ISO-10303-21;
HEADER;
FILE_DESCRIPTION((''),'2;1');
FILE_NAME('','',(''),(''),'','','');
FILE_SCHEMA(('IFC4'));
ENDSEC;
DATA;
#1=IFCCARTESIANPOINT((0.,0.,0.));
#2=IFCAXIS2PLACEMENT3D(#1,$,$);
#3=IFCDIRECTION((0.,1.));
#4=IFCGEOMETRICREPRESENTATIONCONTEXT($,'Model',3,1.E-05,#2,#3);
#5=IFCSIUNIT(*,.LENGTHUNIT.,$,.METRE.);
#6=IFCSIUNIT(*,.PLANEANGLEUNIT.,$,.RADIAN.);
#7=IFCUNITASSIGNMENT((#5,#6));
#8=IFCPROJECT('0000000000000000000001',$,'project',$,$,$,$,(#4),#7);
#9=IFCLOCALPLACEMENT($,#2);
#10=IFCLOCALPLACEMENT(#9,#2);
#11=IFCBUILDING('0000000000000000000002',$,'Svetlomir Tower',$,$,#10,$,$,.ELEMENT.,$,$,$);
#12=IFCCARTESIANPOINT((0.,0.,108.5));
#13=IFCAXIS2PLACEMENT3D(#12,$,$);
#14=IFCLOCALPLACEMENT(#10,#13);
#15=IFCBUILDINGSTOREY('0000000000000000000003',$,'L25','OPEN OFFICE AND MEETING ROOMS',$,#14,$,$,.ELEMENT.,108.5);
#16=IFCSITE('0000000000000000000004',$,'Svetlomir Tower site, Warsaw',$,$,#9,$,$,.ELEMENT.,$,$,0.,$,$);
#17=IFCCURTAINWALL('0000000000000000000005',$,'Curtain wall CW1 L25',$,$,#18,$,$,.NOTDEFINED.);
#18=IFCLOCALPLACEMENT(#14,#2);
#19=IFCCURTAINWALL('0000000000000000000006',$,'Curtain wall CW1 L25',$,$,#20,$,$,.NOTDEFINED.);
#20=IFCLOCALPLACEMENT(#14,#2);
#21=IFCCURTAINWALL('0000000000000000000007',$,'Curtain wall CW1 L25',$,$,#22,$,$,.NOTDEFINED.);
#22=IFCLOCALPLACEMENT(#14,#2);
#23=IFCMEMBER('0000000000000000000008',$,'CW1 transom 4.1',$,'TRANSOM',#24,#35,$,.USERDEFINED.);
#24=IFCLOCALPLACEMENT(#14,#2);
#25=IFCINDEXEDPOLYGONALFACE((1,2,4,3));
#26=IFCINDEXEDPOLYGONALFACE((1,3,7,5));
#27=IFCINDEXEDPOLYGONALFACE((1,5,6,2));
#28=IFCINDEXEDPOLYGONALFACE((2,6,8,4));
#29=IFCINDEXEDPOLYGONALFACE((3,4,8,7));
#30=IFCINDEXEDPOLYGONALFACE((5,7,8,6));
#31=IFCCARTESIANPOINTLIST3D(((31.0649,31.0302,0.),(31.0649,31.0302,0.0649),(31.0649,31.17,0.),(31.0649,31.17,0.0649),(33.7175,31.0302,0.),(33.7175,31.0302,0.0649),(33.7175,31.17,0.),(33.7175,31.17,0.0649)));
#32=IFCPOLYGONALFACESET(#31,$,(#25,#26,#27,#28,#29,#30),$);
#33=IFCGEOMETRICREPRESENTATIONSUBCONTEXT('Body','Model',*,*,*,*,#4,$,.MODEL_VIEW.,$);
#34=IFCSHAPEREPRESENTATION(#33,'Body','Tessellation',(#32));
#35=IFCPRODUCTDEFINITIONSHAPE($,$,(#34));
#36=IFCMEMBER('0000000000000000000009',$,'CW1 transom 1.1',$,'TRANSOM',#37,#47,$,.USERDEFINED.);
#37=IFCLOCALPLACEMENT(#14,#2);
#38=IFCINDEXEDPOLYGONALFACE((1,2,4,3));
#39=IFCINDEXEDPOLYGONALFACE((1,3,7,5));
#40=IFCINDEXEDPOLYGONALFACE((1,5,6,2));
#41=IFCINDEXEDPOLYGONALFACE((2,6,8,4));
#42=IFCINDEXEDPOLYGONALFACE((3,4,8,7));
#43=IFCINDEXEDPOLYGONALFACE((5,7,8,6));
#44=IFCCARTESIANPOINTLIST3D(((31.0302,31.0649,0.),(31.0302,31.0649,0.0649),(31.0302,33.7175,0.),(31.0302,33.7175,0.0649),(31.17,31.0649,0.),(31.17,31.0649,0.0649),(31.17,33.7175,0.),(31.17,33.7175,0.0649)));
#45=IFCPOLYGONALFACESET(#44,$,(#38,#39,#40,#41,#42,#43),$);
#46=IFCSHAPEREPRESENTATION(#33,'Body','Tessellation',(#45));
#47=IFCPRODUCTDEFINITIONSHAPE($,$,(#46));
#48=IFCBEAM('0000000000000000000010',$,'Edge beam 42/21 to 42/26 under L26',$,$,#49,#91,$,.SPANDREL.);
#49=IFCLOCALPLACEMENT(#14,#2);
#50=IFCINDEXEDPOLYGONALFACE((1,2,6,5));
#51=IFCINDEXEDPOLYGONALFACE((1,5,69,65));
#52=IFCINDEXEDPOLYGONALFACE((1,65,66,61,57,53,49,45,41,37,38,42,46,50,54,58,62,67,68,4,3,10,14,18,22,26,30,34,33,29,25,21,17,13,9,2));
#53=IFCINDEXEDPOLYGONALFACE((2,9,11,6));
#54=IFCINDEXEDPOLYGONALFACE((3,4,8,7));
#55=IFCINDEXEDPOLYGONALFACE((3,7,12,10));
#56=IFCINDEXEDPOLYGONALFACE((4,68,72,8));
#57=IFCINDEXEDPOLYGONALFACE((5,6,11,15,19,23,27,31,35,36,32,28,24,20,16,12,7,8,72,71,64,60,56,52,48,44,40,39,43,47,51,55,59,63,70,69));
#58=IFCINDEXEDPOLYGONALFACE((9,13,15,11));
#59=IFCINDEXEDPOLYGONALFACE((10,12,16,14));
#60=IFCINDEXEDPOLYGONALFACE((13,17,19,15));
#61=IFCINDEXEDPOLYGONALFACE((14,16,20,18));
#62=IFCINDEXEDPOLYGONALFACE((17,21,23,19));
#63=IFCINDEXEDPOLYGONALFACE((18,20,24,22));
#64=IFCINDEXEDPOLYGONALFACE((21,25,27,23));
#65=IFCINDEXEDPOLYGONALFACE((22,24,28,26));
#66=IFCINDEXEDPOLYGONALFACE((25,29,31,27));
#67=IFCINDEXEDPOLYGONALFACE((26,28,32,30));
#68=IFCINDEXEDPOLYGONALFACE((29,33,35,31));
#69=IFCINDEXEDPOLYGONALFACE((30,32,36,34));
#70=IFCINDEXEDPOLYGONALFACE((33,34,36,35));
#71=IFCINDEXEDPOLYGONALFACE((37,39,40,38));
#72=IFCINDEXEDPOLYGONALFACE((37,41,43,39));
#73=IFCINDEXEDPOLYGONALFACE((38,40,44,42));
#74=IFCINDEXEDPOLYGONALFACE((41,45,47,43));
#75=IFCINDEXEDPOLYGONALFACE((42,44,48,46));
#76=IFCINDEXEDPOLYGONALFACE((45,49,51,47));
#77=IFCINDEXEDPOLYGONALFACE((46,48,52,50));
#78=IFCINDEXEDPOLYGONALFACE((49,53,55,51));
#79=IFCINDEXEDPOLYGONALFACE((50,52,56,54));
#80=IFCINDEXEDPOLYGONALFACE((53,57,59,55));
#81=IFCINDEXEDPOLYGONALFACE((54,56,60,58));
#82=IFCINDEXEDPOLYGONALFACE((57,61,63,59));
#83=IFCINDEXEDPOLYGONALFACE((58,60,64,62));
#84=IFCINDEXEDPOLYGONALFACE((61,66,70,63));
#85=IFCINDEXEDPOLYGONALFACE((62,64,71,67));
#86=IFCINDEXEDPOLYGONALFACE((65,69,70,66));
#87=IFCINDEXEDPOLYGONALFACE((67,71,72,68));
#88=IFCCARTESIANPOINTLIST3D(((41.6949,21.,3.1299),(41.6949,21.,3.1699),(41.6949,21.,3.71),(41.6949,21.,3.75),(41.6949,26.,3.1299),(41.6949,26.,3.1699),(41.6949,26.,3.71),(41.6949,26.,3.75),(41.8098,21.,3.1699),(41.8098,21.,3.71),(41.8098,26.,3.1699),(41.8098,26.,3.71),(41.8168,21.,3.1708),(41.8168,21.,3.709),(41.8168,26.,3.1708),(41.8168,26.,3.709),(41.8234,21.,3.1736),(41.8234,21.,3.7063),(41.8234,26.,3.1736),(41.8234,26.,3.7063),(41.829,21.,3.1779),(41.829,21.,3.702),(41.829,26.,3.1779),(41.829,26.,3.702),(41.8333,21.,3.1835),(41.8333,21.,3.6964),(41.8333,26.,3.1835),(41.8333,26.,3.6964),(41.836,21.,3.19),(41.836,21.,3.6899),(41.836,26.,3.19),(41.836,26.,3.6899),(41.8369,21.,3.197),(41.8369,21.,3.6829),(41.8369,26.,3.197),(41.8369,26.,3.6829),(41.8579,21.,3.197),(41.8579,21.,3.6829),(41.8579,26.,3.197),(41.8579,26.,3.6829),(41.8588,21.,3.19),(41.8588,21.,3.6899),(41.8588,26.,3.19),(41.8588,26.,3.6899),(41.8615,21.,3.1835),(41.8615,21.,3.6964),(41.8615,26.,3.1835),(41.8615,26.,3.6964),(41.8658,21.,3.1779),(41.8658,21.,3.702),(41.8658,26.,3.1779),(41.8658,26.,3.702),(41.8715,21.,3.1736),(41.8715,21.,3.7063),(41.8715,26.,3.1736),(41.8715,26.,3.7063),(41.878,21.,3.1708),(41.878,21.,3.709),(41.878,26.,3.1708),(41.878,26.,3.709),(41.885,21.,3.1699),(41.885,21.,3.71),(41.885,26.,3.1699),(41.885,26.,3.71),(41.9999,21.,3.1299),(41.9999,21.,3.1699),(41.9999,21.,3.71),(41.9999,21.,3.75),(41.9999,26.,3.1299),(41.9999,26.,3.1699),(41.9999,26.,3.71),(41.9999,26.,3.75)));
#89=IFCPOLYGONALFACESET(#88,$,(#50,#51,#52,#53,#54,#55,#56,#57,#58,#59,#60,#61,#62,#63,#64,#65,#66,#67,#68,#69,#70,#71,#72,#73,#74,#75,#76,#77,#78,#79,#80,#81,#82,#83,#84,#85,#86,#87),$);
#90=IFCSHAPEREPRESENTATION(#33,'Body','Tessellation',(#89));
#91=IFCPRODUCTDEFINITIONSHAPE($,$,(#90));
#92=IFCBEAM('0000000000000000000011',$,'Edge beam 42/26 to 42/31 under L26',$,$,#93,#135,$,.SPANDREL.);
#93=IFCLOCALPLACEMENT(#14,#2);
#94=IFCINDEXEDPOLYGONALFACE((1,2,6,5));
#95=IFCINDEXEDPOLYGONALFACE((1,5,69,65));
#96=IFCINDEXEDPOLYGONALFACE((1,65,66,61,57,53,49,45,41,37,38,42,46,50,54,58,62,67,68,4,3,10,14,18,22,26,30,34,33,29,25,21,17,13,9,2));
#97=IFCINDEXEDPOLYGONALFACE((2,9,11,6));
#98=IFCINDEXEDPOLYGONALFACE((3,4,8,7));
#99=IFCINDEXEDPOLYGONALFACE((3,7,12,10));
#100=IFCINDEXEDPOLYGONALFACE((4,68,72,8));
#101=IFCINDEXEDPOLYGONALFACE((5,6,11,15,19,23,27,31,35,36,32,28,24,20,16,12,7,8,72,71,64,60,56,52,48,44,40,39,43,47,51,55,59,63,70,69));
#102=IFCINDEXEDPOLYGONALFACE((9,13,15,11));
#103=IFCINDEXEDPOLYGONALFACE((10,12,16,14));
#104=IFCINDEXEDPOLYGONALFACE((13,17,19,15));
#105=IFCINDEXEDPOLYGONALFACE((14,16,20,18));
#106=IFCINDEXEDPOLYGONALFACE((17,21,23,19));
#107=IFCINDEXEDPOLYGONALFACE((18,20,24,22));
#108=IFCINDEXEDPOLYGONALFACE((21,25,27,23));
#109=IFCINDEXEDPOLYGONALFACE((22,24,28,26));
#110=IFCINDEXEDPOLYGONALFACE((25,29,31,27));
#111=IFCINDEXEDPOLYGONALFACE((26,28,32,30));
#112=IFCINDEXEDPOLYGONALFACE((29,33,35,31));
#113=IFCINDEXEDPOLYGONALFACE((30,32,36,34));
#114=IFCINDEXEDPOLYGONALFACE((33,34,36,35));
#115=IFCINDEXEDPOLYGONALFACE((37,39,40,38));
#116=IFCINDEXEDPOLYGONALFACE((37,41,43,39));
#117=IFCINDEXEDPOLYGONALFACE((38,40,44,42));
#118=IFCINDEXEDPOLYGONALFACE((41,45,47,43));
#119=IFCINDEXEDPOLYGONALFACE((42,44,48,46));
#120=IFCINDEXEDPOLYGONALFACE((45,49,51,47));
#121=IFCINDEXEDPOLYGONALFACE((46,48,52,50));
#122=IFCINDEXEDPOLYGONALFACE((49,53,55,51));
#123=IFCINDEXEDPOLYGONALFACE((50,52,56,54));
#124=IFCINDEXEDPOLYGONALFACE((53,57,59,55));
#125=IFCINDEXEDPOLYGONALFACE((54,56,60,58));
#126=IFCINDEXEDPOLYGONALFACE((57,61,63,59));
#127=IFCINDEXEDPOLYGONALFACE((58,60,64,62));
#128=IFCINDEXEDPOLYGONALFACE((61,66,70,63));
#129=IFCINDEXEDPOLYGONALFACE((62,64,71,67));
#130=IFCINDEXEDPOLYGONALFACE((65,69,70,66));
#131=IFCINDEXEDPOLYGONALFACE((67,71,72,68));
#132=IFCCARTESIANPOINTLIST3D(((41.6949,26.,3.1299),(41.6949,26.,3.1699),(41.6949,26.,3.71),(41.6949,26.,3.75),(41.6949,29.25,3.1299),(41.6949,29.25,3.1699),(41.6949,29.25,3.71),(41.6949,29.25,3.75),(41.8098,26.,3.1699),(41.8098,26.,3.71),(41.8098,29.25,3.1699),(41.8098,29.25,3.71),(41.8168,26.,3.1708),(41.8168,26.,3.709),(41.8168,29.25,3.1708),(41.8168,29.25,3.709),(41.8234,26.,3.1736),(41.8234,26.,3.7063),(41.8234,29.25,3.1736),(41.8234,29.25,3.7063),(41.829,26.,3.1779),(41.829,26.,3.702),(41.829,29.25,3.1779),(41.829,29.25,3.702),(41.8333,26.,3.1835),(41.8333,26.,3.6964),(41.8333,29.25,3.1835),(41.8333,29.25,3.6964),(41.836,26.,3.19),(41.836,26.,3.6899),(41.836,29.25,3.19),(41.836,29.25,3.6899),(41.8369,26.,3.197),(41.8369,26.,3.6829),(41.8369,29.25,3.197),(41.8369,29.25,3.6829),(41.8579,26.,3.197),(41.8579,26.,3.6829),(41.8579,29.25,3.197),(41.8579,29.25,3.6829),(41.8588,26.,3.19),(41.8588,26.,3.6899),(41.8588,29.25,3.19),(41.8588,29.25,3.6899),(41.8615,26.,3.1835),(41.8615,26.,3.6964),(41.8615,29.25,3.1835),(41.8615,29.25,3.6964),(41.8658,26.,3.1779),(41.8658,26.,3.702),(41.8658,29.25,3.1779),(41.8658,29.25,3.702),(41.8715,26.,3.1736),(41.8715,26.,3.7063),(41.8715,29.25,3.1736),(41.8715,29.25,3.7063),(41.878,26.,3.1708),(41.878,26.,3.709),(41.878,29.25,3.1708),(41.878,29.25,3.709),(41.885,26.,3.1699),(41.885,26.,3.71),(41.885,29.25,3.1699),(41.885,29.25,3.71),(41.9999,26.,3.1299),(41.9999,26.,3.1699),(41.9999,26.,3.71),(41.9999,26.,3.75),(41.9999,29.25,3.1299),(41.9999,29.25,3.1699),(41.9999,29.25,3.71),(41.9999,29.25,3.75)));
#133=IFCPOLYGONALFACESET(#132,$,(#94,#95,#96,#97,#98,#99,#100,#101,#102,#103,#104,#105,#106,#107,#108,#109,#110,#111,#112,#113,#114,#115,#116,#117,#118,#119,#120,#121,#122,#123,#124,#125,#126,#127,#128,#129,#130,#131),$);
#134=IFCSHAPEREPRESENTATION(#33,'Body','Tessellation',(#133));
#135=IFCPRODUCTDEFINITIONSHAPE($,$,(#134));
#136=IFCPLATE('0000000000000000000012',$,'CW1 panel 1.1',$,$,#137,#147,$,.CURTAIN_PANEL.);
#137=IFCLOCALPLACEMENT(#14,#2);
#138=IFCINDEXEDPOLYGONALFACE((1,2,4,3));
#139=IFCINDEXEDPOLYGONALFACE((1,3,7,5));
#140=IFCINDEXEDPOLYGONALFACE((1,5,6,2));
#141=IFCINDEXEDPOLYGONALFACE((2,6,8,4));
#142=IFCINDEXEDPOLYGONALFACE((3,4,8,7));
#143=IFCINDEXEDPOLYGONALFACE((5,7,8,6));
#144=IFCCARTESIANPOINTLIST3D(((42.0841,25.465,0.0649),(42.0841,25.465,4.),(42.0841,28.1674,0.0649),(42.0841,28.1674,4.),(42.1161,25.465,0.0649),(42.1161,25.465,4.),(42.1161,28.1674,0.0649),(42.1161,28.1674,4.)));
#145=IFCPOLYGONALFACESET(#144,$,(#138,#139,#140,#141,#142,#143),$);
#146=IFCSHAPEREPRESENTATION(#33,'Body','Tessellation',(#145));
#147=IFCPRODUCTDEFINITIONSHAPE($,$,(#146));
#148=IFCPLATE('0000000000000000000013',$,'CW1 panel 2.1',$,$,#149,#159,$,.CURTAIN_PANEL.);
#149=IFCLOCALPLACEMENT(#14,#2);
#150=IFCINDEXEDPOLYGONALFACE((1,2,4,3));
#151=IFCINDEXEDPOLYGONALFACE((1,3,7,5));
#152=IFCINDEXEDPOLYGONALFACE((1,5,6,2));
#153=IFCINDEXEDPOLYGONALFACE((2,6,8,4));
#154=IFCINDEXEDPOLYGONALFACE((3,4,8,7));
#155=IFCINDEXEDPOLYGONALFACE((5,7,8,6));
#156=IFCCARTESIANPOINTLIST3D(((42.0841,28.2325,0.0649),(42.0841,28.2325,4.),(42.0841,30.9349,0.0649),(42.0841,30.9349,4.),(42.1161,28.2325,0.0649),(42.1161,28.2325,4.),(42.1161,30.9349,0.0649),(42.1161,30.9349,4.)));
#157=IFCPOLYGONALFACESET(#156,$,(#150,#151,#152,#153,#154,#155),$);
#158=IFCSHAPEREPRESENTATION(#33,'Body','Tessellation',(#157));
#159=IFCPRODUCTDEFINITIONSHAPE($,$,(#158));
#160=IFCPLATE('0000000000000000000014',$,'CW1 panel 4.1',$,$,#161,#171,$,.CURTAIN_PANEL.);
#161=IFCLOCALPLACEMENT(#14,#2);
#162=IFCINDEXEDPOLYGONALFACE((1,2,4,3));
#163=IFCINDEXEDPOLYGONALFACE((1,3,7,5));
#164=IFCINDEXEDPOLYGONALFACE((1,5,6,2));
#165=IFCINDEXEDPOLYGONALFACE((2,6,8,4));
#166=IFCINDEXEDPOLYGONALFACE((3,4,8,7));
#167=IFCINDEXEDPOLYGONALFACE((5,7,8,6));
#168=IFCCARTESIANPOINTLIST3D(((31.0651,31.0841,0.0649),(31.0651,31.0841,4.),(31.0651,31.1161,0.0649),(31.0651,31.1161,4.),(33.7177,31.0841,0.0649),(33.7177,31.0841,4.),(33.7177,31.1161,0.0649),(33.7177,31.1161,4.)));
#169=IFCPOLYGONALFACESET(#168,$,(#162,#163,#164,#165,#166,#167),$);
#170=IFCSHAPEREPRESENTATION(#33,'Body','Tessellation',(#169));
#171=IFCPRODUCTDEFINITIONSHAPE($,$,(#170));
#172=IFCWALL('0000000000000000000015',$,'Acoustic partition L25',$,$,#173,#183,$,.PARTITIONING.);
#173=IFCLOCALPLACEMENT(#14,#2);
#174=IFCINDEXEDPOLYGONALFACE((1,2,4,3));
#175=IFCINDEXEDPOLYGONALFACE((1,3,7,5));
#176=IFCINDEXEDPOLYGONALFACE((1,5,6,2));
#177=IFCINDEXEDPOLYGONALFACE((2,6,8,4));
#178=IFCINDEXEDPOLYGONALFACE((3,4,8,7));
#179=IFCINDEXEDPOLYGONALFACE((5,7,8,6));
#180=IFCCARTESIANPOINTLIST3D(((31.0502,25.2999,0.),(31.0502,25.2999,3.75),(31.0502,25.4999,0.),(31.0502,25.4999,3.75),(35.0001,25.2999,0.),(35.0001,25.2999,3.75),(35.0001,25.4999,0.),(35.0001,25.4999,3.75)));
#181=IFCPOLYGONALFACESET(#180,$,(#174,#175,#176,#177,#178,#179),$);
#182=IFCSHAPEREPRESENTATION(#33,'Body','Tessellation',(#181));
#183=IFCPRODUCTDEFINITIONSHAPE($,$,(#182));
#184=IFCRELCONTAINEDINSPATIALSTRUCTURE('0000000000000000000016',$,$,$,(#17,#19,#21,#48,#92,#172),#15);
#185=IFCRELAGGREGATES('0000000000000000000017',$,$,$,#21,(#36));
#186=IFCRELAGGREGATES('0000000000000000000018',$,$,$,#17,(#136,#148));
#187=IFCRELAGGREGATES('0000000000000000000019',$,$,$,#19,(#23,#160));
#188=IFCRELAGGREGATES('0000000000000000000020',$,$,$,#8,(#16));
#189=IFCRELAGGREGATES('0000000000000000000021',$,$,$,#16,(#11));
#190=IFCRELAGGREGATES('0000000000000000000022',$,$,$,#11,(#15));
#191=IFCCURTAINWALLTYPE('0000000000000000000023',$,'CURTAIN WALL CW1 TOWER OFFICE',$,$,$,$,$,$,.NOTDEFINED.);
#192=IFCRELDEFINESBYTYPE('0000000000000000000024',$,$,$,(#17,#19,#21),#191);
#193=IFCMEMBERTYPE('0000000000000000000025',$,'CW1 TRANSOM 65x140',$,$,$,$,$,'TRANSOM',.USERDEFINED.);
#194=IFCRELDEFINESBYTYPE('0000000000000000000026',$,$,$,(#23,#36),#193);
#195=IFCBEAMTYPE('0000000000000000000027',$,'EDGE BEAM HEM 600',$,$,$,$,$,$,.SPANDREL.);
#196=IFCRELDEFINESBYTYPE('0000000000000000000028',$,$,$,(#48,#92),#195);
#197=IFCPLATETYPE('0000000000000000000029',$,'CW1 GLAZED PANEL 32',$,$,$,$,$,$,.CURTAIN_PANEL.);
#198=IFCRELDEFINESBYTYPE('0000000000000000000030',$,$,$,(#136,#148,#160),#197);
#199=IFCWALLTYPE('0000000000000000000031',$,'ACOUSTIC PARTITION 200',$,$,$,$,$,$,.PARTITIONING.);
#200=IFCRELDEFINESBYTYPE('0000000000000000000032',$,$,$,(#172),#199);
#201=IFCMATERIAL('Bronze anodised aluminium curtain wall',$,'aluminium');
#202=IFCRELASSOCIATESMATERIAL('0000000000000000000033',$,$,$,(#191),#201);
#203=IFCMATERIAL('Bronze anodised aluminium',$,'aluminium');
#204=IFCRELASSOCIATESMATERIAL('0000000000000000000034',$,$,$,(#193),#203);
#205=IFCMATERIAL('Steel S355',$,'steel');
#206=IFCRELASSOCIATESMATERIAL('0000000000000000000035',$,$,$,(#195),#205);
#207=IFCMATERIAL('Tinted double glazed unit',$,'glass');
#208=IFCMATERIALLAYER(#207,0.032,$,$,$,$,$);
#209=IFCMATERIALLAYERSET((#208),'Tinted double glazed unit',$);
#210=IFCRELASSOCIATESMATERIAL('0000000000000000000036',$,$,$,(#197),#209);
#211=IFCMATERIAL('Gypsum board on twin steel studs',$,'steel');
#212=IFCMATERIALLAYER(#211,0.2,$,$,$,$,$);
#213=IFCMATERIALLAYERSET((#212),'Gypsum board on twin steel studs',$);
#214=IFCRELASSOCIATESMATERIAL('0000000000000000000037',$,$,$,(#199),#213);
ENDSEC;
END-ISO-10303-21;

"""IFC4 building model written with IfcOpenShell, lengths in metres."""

from ifc_helpers import new_model, si_unit, direction, frame, frame_2d, origin, origin_2d, place, context, subcontext, project, spatial, rectangle, i_section, extrude, material, layer, layer_set, material_profile, profile_set, type_object, element, aggregate, save


model = new_model("IFC4")

# Units and contexts
model_context = context("Model", 3, precision=1e-05, world=origin(), true_north=direction((0.0, 1.0)))
body_context = subcontext(model_context, "Body", "Model", "MODEL_VIEW")
ifc_project = project(units=[si_unit("LENGTHUNIT", "METRE"), si_unit("PLANEANGLEUNIT", "RADIAN")], contexts=[model_context])

# Site, building, storey
site_placement = place(None, origin())
site = spatial("IfcSite", under=ifc_project, at=site_placement, Name="Svetlomir Tower site, Warsaw", CompositionType="ELEMENT", RefElevation=0.0)
building_placement = place(site_placement, origin())
building = spatial("IfcBuilding", under=site, at=building_placement, Name="Svetlomir Tower", CompositionType="ELEMENT")
storey_placement = place(building_placement, frame((0.0, 0.0, 108.5)))
storey = spatial("IfcBuildingStorey", under=building, at=storey_placement, Name="L25", Description="OPEN OFFICE AND MEETING ROOMS", CompositionType="ELEMENT", Elevation=108.5)

# Curtain wall
ifc_material_1 = material(Name="Bronze anodised aluminium curtain wall", Category="aluminium")
curtain_wall_type = type_object("IfcCurtainWallType", Name="CURTAIN WALL CW1 TOWER OFFICE", PredefinedType="NOTDEFINED", material=ifc_material_1)
curtain_wall_1_placement = place(storey_placement, origin())
curtain_wall_1 = element("IfcCurtainWall", 1, at=curtain_wall_1_placement, inside=storey, type_object=curtain_wall_type, Name="Curtain wall CW1 L25", PredefinedType="NOTDEFINED")

# Curtain walls
curtain_wall_2_placement = place(storey_placement, origin())
curtain_wall_2 = element("IfcCurtainWall", 2, at=curtain_wall_2_placement, inside=storey, type_object=curtain_wall_type, Name="Curtain wall CW1 L25", PredefinedType="NOTDEFINED")
curtain_wall_3_placement = place(storey_placement, origin())
curtain_wall_3 = element("IfcCurtainWall", 3, at=curtain_wall_3_placement, inside=storey, type_object=curtain_wall_type, Name="Curtain wall CW1 L25", PredefinedType="NOTDEFINED")

# Members
ifc_material_2 = material(Name="Bronze anodised aluminium", Category="aluminium")
ifc_material_profile_1 = material_profile(ifc_material_2, rectangle(XDim=0.1399, YDim=0.0649, at=origin_2d()), Name="AL 140x65")
ifc_profile_set_1 = profile_set([ifc_material_profile_1], Name="Bronze anodised aluminium 6063-T6")
member_type_1 = type_object("IfcMemberType", Name="CW1 TRANSOM 65x140", ElementType="TRANSOM", PredefinedType="USERDEFINED", material=ifc_profile_set_1)
member_1_placement = place(storey_placement, frame((33.7175, 31.1001, 0.0325), z_axis=(-1.0, 0.0, 0.0), x_axis=(0.0, -1.0, 0.0)))
member_1 = element("IfcMember", 4, at=member_1_placement, type_object=member_type_1, Name="CW1 transom 4.1", ObjectType="TRANSOM", PredefinedType="USERDEFINED", context=body_context, shape_type="SweptSolid", body=[
    extrude(rectangle(XDim=0.1399, YDim=0.0649, at=origin_2d()), origin(), (0.0, 0.0, 1.0), 2.6526),
])
member_2_placement = place(storey_placement, frame((31.1001, 31.0649, 0.0325), z_axis=(0.0, 1.0, 0.0), x_axis=(-1.0, 0.0, 0.0)))
member_2 = element("IfcMember", 5, at=member_2_placement, type_object=member_type_1, Name="CW1 transom 1.1", ObjectType="TRANSOM", PredefinedType="USERDEFINED", context=body_context, shape_type="SweptSolid", body=[
    extrude(rectangle(XDim=0.1399, YDim=0.0649, at=origin_2d()), origin(), (0.0, 0.0, 1.0), 2.6526),
])
aggregate(curtain_wall_3, [member_2])

# Beams
ifc_material_3 = material(Name="Steel S355", Category="steel")
ifc_material_profile_2 = material_profile(ifc_material_3, i_section(OverallWidth=0.3049, OverallDepth=0.6201, WebThickness=0.021, FlangeThickness=0.04, FilletRadius=0.0271, at=origin_2d()), Name="HEM 600")
ifc_profile_set_2 = profile_set([ifc_material_profile_2], Name="Steel S355")
beam_type_1 = type_object("IfcBeamType", Name="EDGE BEAM HEM 600", PredefinedType="SPANDREL", material=ifc_profile_set_2)
beam_1_placement = place(storey_placement, frame((41.8474, 21.0, 3.4399), z_axis=(0.0, 1.0, 0.0), x_axis=(-1.0, 0.0, 0.0)))
element("IfcBeam", 6, at=beam_1_placement, inside=storey, type_object=beam_type_1, Name="Edge beam 42/21 to 42/26 under L26", PredefinedType="SPANDREL", context=body_context, shape_type="SweptSolid", body=[
    extrude(i_section(OverallWidth=0.3049, OverallDepth=0.6201, WebThickness=0.021, FlangeThickness=0.04, FilletRadius=0.0271, at=origin_2d()), origin(), (0.0, 0.0, 1.0), 5.0),
])
beam_2_placement = place(storey_placement, frame((41.8474, 26.0, 3.4399), z_axis=(0.0, 1.0, 0.0), x_axis=(-1.0, 0.0, 0.0)))
element("IfcBeam", 7, at=beam_2_placement, inside=storey, type_object=beam_type_1, Name="Edge beam 42/26 to 42/31 under L26", PredefinedType="SPANDREL", context=body_context, shape_type="SweptSolid", body=[
    extrude(i_section(OverallWidth=0.3049, OverallDepth=0.6201, WebThickness=0.021, FlangeThickness=0.04, FilletRadius=0.0271, at=origin_2d()), origin(), (0.0, 0.0, 1.0), 3.25),
])

# Plates
ifc_material_4 = material(Name="Tinted double glazed unit", Category="glass")
ifc_layer_1 = layer(ifc_material_4, 0.032)
ifc_layer_set_1 = layer_set([ifc_layer_1], Name="Tinted double glazed unit")
plate_type = type_object("IfcPlateType", Name="CW1 GLAZED PANEL 32", PredefinedType="CURTAIN_PANEL", material=ifc_layer_set_1)
plate_1_placement = place(storey_placement, frame((42.1001, 26.8162, 0.0649), z_axis=(0.0, 0.0, 1.0), x_axis=(0.0, 1.0, 0.0)))
plate_1 = element("IfcPlate", 8, at=plate_1_placement, type_object=plate_type, Name="CW1 panel 1.1", PredefinedType="CURTAIN_PANEL", context=body_context, shape_type="SweptSolid", body=[
    extrude(rectangle(XDim=2.7024, YDim=0.032, at=origin_2d()), origin(), (0.0, 0.0, 1.0), 3.9351),
])
plate_2_placement = place(storey_placement, frame((42.1001, 29.5837, 0.0649), z_axis=(0.0, 0.0, 1.0), x_axis=(0.0, 1.0, 0.0)))
plate_2 = element("IfcPlate", 9, at=plate_2_placement, type_object=plate_type, Name="CW1 panel 2.1", PredefinedType="CURTAIN_PANEL", context=body_context, shape_type="SweptSolid", body=[
    extrude(rectangle(XDim=2.7024, YDim=0.032, at=origin_2d()), origin(), (0.0, 0.0, 1.0), 3.9351),
])
aggregate(curtain_wall_1, [plate_1, plate_2])
plate_3_placement = place(storey_placement, frame((32.3914, 31.1001, 0.0649), z_axis=(0.0, 0.0, 1.0), x_axis=(-1.0, 0.0, 0.0)))
plate_3 = element("IfcPlate", 10, at=plate_3_placement, type_object=plate_type, Name="CW1 panel 4.1", PredefinedType="CURTAIN_PANEL", context=body_context, shape_type="SweptSolid", body=[
    extrude(rectangle(XDim=2.6526, YDim=0.032, at=origin_2d()), origin(), (0.0, 0.0, 1.0), 3.9351),
])
aggregate(curtain_wall_2, [member_1, plate_3])

# Wall
ifc_material_5 = material(Name="Gypsum board on twin steel studs", Category="steel")
ifc_layer_2 = layer(ifc_material_5, 0.2)
ifc_layer_set_2 = layer_set([ifc_layer_2], Name="Gypsum board on twin steel studs")
wall_type_1 = type_object("IfcWallType", Name="ACOUSTIC PARTITION 200", PredefinedType="PARTITIONING", material=ifc_layer_set_2)
wall_1_placement = place(storey_placement, frame((31.05, 25.3999, 0.0), z_axis=(0.0, 0.0, 1.0), x_axis=(1.0, 0.0, 0.0)))
element("IfcWall", 11, at=wall_1_placement, inside=storey, type_object=wall_type_1, Name="Acoustic partition L25", PredefinedType="PARTITIONING", context=body_context, shape_type="SweptSolid", body=[
    extrude(rectangle(XDim=3.95, YDim=0.2, at=frame_2d((1.9751, 0.0))), origin(), (0.0, 0.0, 1.0), 3.75),
])

save(model, "model.ifc")
